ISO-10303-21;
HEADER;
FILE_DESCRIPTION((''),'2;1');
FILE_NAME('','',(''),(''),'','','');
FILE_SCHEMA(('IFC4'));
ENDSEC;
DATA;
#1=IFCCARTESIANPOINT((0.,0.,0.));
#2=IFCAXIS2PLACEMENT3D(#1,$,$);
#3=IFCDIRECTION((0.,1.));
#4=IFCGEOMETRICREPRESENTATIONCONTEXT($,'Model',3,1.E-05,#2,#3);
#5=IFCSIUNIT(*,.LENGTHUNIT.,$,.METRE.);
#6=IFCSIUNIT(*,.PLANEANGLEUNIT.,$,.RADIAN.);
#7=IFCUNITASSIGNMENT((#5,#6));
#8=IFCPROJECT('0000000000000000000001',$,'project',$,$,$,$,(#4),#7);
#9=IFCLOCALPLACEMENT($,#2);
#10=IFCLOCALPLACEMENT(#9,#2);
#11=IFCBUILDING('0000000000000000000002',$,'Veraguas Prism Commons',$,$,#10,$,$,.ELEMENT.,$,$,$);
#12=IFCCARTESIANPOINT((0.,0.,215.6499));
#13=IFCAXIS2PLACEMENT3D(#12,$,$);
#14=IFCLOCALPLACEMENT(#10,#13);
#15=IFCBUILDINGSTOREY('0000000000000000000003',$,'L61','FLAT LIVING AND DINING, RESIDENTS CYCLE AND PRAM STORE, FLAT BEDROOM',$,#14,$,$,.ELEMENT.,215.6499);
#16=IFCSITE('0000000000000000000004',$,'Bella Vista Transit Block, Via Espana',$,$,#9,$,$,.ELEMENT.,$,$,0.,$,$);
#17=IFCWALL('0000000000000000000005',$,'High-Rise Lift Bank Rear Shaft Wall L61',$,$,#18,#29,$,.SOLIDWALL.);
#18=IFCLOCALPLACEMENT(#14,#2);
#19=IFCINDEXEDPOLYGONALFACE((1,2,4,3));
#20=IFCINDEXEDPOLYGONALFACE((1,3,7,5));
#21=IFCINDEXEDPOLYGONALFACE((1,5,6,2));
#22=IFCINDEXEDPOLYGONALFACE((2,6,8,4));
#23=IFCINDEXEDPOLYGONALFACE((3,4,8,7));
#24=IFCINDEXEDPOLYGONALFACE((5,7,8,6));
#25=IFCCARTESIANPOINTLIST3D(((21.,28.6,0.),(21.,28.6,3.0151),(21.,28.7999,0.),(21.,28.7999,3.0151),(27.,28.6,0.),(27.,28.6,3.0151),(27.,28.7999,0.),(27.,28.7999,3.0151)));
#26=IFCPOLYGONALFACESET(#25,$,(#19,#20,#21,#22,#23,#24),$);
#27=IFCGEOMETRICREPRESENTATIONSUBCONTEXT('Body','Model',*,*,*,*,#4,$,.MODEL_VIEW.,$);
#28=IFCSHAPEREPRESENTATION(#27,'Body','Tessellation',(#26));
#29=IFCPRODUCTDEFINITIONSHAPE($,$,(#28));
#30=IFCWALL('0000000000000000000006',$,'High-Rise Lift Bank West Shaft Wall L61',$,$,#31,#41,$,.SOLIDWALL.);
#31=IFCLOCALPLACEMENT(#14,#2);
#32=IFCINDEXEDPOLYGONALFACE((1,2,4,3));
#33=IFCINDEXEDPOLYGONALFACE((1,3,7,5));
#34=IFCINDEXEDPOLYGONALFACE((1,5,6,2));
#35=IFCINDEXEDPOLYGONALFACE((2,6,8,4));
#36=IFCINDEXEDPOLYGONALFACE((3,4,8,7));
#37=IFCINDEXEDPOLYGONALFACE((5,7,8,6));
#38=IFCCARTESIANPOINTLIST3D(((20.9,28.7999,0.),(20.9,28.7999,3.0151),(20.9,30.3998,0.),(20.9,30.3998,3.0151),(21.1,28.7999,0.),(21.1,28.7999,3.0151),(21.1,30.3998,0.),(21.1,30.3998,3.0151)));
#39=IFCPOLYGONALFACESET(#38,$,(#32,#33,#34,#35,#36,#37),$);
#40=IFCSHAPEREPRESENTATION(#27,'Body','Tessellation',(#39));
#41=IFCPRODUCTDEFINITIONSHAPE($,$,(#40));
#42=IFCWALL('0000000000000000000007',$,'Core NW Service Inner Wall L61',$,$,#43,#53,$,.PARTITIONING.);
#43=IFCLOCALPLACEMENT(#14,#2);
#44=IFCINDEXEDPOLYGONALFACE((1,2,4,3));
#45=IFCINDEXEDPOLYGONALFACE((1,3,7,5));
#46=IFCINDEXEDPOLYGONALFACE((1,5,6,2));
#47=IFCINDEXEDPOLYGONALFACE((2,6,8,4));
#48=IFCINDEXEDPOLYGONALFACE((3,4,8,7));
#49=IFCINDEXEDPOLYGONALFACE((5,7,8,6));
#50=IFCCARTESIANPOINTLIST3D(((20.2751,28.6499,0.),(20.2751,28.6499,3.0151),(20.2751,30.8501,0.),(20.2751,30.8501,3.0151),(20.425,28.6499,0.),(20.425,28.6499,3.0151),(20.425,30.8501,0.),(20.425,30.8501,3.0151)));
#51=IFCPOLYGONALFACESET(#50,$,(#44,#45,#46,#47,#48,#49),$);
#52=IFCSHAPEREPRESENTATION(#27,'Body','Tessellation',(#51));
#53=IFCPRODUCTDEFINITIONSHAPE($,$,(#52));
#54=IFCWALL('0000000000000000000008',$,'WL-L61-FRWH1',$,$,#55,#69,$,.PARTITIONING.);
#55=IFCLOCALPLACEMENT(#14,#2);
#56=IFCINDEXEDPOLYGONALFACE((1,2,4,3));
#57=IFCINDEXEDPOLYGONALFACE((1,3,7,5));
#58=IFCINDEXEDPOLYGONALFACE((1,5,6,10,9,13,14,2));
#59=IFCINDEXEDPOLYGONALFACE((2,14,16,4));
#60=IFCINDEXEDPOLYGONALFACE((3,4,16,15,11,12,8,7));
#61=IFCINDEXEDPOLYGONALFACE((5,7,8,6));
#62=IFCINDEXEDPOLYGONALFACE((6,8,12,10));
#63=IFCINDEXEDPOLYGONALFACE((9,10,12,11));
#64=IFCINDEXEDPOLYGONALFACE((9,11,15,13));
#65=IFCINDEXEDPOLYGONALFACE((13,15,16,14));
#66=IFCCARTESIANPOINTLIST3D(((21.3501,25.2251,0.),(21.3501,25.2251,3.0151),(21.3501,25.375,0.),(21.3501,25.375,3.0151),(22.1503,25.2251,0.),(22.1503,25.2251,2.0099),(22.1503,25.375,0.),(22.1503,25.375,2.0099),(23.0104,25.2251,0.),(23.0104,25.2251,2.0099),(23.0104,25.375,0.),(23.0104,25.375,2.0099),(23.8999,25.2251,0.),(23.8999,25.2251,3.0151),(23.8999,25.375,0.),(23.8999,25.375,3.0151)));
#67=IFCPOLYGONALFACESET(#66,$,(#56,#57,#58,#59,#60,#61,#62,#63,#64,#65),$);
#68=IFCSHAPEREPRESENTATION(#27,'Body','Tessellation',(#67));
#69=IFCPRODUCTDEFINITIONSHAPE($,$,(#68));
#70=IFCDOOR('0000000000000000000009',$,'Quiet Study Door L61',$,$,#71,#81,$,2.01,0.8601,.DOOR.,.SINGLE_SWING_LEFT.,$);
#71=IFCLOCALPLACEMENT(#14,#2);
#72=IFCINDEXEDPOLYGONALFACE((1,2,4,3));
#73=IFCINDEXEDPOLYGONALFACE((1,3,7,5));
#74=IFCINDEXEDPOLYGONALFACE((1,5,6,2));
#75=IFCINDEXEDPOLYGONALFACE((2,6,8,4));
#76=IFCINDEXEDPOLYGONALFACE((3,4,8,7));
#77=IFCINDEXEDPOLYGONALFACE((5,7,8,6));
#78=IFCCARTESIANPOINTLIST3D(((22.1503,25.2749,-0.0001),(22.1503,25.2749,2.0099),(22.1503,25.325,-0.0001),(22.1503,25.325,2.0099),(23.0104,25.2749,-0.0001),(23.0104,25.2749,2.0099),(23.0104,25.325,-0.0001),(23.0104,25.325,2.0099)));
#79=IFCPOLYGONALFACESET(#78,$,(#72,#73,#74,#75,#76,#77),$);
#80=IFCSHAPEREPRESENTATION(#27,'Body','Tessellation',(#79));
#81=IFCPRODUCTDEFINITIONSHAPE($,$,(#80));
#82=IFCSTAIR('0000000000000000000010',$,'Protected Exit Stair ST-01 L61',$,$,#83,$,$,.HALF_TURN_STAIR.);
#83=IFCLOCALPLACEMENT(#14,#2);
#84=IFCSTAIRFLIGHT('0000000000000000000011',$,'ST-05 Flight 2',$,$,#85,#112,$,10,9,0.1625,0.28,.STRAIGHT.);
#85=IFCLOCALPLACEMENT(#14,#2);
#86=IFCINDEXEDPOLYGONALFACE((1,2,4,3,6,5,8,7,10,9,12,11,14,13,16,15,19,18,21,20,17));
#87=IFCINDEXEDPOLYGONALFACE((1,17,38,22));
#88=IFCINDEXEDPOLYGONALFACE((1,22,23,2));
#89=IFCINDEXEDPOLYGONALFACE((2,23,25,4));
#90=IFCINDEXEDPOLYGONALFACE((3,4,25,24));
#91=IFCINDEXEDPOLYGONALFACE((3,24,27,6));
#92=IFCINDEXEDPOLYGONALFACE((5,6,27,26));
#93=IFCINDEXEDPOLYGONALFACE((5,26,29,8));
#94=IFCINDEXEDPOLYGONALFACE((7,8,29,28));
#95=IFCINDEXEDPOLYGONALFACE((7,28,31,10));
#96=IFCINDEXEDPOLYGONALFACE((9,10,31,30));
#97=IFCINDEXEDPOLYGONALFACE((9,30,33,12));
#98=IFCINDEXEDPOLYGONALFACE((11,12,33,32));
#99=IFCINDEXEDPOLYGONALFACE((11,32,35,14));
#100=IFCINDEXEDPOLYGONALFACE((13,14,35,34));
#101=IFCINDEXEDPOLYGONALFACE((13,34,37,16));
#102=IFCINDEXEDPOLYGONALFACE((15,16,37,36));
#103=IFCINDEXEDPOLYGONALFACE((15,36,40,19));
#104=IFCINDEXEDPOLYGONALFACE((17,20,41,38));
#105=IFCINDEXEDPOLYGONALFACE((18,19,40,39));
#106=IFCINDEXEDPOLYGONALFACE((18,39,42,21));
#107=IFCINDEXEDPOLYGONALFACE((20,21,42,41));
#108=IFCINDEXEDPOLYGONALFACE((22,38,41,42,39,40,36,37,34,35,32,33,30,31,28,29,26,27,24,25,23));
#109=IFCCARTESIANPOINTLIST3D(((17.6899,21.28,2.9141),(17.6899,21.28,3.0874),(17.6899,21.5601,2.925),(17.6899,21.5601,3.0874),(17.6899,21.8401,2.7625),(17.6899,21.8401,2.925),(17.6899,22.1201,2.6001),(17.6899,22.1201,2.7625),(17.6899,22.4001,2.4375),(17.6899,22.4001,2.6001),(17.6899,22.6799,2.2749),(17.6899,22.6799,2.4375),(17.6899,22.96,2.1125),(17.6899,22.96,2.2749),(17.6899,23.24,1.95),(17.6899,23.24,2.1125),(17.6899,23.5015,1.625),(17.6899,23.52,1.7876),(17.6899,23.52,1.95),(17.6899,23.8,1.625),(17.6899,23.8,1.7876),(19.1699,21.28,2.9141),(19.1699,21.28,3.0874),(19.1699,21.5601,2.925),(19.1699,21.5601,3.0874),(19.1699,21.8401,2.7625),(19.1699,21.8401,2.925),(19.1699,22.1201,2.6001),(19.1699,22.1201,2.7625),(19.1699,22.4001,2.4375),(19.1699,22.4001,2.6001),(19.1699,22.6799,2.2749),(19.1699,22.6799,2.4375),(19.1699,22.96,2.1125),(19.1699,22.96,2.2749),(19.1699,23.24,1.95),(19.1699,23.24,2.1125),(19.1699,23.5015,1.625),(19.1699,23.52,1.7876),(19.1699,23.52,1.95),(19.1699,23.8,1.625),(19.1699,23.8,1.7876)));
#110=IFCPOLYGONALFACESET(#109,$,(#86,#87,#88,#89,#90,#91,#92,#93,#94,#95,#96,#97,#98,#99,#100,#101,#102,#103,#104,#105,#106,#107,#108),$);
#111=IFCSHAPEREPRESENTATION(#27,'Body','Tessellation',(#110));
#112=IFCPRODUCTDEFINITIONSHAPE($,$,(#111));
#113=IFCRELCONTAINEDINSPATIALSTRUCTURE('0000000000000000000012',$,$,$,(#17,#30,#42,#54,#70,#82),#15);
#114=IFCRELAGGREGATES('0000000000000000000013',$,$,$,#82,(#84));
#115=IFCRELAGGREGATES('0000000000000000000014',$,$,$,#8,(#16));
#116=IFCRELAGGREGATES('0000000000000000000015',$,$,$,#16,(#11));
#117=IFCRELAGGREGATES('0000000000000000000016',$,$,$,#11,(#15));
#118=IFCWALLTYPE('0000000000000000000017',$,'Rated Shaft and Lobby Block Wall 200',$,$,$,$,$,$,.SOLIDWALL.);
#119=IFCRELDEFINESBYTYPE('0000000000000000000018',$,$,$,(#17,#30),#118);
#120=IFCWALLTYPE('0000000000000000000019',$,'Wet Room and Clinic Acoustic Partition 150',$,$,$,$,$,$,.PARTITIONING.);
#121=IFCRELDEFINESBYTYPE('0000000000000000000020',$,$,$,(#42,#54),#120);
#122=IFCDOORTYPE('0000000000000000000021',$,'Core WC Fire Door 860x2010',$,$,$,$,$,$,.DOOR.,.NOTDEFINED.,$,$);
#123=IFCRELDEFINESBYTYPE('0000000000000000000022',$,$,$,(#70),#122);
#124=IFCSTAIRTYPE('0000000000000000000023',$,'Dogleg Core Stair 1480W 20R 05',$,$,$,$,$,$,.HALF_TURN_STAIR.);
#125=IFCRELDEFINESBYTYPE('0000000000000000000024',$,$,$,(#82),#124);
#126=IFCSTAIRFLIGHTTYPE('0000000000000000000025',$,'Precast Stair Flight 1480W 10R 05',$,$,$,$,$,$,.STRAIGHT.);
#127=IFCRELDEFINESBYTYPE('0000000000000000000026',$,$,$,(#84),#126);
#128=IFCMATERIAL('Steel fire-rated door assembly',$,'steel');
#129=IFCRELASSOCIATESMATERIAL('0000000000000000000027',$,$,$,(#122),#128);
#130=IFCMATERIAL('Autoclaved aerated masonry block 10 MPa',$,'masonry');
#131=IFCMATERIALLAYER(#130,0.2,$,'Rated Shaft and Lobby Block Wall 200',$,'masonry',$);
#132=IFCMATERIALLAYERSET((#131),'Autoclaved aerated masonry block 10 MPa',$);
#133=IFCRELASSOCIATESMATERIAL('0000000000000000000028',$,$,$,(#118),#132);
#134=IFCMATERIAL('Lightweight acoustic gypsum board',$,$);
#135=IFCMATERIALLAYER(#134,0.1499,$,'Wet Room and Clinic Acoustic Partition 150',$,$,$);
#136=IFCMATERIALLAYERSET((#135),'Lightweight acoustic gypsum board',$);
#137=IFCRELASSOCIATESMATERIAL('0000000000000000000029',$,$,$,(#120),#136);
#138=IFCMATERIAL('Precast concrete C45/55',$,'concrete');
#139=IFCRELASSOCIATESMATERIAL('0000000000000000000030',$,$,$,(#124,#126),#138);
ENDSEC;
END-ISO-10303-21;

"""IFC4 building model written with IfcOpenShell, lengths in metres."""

from ifc_helpers import new_model, si_unit, direction, frame, frame_2d, origin, place, context, subcontext, project, spatial, polyline, rectangle, outline, extrude, source, transform, mapped, material, layer, layer_set, type_object, element, fill, aggregate, save


model = new_model("IFC4")

# Units and contexts
model_context = context("Model", 3, precision=1e-05, world=origin(), true_north=direction((0.0, 1.0)))
body_context = subcontext(model_context, "Body", "Model", "MODEL_VIEW")
ifc_project = project(units=[si_unit("LENGTHUNIT", "METRE"), si_unit("PLANEANGLEUNIT", "RADIAN")], contexts=[model_context])

# Site, building, storey
site_placement = place(None, origin())
site = spatial("IfcSite", under=ifc_project, at=site_placement, Name="Bella Vista Transit Block, Via Espana", CompositionType="ELEMENT", RefElevation=0.0)
building_placement = place(site_placement, origin())
building = spatial("IfcBuilding", under=site, at=building_placement, Name="Veraguas Prism Commons", CompositionType="ELEMENT")
storey_placement = place(building_placement, frame((0.0, 0.0, 215.6499)))
storey = spatial("IfcBuildingStorey", under=building, at=storey_placement, Name="L61", Description="FLAT LIVING AND DINING, RESIDENTS CYCLE AND PRAM STORE, FLAT BEDROOM", CompositionType="ELEMENT", Elevation=215.6499)

# Shared definitions
ifc_material_1 = material(Name="Steel fire-rated door assembly", Category="steel")
door_type_1 = type_object("IfcDoorType", Name="Core WC Fire Door 860x2010", OperationType="NOTDEFINED", PredefinedType="DOOR", material=ifc_material_1)
shared_shape_1 = source(origin(), body_context, "Body", "SweptSolid", [
    extrude(rectangle(XDim=0.8601, YDim=2.01, at=frame_2d((0.4302, 1.0049))), frame((0.0, 0.0249, 0.0), z_axis=(0.0, -1.0, 0.0), x_axis=(1.0, 0.0, 0.0)), (0.0, 0.0, 1.0), 0.05),
])
ifc_material_2 = material(Name="Autoclaved aerated masonry block 10 MPa", Category="masonry")

# Walls
ifc_layer_1 = layer(ifc_material_2, 0.2, Name="Rated Shaft and Lobby Block Wall 200", Category="masonry")
ifc_layer_set_1 = layer_set([ifc_layer_1], Name="Autoclaved aerated masonry block 10 MPa")
wall_type_1 = type_object("IfcWallType", Name="Rated Shaft and Lobby Block Wall 200", PredefinedType="SOLIDWALL", material=ifc_layer_set_1)
wall_1_placement = place(storey_placement, frame((21.0, 28.7, 0.0), z_axis=(0.0, 0.0, 1.0), x_axis=(1.0, 0.0, 0.0)))
element("IfcWall", 1, at=wall_1_placement, inside=storey, type_object=wall_type_1, Name="High-Rise Lift Bank Rear Shaft Wall L61", PredefinedType="SOLIDWALL", context=body_context, shape_type="SweptSolid", body=[
    extrude(rectangle(XDim=6.0, YDim=0.2, at=frame_2d((3.0, 0.0))), origin(), (0.0, 0.0, 1.0), 3.0151),
])
wall_2_placement = place(storey_placement, frame((21.0, 28.8, 0.0), z_axis=(0.0, 0.0, 1.0), x_axis=(0.0, 1.0, 0.0)))
element("IfcWall", 2, at=wall_2_placement, inside=storey, type_object=wall_type_1, Name="High-Rise Lift Bank West Shaft Wall L61", PredefinedType="SOLIDWALL", context=body_context, shape_type="SweptSolid", body=[
    extrude(rectangle(XDim=1.5999, YDim=0.2, at=frame_2d((0.7998, 0.0))), origin(), (0.0, 0.0, 1.0), 3.0151),
])
ifc_material_3 = material(Name="Lightweight acoustic gypsum board")
ifc_layer_2 = layer(ifc_material_3, 0.1499, Name="Wet Room and Clinic Acoustic Partition 150")
ifc_layer_set_2 = layer_set([ifc_layer_2], Name="Lightweight acoustic gypsum board")
wall_type_2 = type_object("IfcWallType", Name="Wet Room and Clinic Acoustic Partition 150", PredefinedType="PARTITIONING", material=ifc_layer_set_2)
wall_3_placement = place(storey_placement, frame((20.3501, 28.6499, 0.0), z_axis=(0.0, 0.0, 1.0), x_axis=(0.0, 1.0, 0.0)))
element("IfcWall", 3, at=wall_3_placement, inside=storey, type_object=wall_type_2, Name="Core NW Service Inner Wall L61", PredefinedType="PARTITIONING", context=body_context, shape_type="SweptSolid", body=[
    extrude(rectangle(XDim=2.2002, YDim=0.1499, at=frame_2d((1.1001, 0.0))), origin(), (0.0, 0.0, 1.0), 3.0151),
])

# Wall, opening, door
wall_4_placement = place(storey_placement, frame((21.3501, 25.3, 0.0), z_axis=(0.0, 0.0, 1.0), x_axis=(1.0, 0.0, 0.0)))
wall_4 = element("IfcWall", 4, at=wall_4_placement, inside=storey, type_object=wall_type_2, Name="WL-L61-FRWH1", PredefinedType="PARTITIONING", context=body_context, shape_type="SweptSolid", body=[
    extrude(rectangle(XDim=2.5498, YDim=0.1499, at=frame_2d((1.2749, 0.0))), origin(), (0.0, 0.0, 1.0), 3.0151),
])
opening_1_placement = place(wall_4_placement, frame((0.8, 0.0, 0.0)))
opening_1 = element("IfcOpeningElement", 5, at=opening_1_placement, cuts=wall_4, PredefinedType="OPENING", context=body_context, shape_type="SweptSolid", body=[
    extrude(rectangle(XDim=0.8601, YDim=2.01, at=frame_2d((0.4302, 1.0049))), frame((0.0, 0.085, 0.0), z_axis=(0.0, -1.0, 0.0), x_axis=(1.0, 0.0, 0.0)), (0.0, 0.0, 1.0), 0.1699),
])
door_1_placement = place(opening_1_placement, origin())
door_1 = element("IfcDoor", 6, at=door_1_placement, inside=storey, type_object=door_type_1, Name="Quiet Study Door L61", OperationType="SINGLE_SWING_LEFT", OverallHeight=2.01, OverallWidth=0.8601, PredefinedType="DOOR", context=body_context, shape_type="MappedRepresentation", body=[
    mapped(shared_shape_1, transform((0.0, 0.0, 0.0), scale=1.0)),
])
fill(opening_1, door_1)

# Stair, stair flight
ifc_material_4 = material(Name="Precast concrete C45/55", Category="concrete")
stair_type = type_object("IfcStairType", Name="Dogleg Core Stair 1480W 20R 05", PredefinedType="HALF_TURN_STAIR", material=ifc_material_4)
stair_placement = place(storey_placement, origin())
stair = element("IfcStair", 7, at=stair_placement, inside=storey, type_object=stair_type, Name="Protected Exit Stair ST-01 L61", PredefinedType="HALF_TURN_STAIR")
stair_flight_type = type_object("IfcStairFlightType", Name="Precast Stair Flight 1480W 10R 05", PredefinedType="STRAIGHT", material=ifc_material_4)
stair_flight_placement = place(storey_placement, frame((18.4299, 23.8, 1.625), z_axis=(0.0, 0.0, 1.0), x_axis=(0.0, -1.0, 0.0)))
stair_flight = element("IfcStairFlight", 8, at=stair_flight_placement, type_object=stair_flight_type, Name="ST-05 Flight 2", NumberOfRisers=10, NumberOfTreads=9, PredefinedType="STRAIGHT", RiserHeight=0.1625, TreadLength=0.28, context=body_context, shape_type="SweptSolid", body=[
    extrude(outline(polyline([(0.0, 0.0), (0.0, 0.1626), (0.28, 0.1626), (0.28, 0.325), (0.5601, 0.325), (0.5601, 0.4875), (0.8401, 0.4875), (0.8401, 0.6499), (1.1201, 0.6499), (1.1201, 0.8125), (1.3999, 0.8125), (1.3999, 0.9751), (1.6799, 0.9751), (1.6799, 1.1375), (1.96, 1.1375), (1.96, 1.3), (2.24, 1.3), (2.24, 1.4624), (2.52, 1.4624), (2.52, 1.625), (2.52, 1.2891), (0.2986, 0.0), (0.0, 0.0)])), frame((0.0, 0.74, 0.0), z_axis=(0.0, -1.0, 0.0), x_axis=(1.0, 0.0, 0.0)), (0.0, 0.0, 1.0), 1.48),
])
aggregate(stair, [stair_flight])

save(model, "model.ifc")
